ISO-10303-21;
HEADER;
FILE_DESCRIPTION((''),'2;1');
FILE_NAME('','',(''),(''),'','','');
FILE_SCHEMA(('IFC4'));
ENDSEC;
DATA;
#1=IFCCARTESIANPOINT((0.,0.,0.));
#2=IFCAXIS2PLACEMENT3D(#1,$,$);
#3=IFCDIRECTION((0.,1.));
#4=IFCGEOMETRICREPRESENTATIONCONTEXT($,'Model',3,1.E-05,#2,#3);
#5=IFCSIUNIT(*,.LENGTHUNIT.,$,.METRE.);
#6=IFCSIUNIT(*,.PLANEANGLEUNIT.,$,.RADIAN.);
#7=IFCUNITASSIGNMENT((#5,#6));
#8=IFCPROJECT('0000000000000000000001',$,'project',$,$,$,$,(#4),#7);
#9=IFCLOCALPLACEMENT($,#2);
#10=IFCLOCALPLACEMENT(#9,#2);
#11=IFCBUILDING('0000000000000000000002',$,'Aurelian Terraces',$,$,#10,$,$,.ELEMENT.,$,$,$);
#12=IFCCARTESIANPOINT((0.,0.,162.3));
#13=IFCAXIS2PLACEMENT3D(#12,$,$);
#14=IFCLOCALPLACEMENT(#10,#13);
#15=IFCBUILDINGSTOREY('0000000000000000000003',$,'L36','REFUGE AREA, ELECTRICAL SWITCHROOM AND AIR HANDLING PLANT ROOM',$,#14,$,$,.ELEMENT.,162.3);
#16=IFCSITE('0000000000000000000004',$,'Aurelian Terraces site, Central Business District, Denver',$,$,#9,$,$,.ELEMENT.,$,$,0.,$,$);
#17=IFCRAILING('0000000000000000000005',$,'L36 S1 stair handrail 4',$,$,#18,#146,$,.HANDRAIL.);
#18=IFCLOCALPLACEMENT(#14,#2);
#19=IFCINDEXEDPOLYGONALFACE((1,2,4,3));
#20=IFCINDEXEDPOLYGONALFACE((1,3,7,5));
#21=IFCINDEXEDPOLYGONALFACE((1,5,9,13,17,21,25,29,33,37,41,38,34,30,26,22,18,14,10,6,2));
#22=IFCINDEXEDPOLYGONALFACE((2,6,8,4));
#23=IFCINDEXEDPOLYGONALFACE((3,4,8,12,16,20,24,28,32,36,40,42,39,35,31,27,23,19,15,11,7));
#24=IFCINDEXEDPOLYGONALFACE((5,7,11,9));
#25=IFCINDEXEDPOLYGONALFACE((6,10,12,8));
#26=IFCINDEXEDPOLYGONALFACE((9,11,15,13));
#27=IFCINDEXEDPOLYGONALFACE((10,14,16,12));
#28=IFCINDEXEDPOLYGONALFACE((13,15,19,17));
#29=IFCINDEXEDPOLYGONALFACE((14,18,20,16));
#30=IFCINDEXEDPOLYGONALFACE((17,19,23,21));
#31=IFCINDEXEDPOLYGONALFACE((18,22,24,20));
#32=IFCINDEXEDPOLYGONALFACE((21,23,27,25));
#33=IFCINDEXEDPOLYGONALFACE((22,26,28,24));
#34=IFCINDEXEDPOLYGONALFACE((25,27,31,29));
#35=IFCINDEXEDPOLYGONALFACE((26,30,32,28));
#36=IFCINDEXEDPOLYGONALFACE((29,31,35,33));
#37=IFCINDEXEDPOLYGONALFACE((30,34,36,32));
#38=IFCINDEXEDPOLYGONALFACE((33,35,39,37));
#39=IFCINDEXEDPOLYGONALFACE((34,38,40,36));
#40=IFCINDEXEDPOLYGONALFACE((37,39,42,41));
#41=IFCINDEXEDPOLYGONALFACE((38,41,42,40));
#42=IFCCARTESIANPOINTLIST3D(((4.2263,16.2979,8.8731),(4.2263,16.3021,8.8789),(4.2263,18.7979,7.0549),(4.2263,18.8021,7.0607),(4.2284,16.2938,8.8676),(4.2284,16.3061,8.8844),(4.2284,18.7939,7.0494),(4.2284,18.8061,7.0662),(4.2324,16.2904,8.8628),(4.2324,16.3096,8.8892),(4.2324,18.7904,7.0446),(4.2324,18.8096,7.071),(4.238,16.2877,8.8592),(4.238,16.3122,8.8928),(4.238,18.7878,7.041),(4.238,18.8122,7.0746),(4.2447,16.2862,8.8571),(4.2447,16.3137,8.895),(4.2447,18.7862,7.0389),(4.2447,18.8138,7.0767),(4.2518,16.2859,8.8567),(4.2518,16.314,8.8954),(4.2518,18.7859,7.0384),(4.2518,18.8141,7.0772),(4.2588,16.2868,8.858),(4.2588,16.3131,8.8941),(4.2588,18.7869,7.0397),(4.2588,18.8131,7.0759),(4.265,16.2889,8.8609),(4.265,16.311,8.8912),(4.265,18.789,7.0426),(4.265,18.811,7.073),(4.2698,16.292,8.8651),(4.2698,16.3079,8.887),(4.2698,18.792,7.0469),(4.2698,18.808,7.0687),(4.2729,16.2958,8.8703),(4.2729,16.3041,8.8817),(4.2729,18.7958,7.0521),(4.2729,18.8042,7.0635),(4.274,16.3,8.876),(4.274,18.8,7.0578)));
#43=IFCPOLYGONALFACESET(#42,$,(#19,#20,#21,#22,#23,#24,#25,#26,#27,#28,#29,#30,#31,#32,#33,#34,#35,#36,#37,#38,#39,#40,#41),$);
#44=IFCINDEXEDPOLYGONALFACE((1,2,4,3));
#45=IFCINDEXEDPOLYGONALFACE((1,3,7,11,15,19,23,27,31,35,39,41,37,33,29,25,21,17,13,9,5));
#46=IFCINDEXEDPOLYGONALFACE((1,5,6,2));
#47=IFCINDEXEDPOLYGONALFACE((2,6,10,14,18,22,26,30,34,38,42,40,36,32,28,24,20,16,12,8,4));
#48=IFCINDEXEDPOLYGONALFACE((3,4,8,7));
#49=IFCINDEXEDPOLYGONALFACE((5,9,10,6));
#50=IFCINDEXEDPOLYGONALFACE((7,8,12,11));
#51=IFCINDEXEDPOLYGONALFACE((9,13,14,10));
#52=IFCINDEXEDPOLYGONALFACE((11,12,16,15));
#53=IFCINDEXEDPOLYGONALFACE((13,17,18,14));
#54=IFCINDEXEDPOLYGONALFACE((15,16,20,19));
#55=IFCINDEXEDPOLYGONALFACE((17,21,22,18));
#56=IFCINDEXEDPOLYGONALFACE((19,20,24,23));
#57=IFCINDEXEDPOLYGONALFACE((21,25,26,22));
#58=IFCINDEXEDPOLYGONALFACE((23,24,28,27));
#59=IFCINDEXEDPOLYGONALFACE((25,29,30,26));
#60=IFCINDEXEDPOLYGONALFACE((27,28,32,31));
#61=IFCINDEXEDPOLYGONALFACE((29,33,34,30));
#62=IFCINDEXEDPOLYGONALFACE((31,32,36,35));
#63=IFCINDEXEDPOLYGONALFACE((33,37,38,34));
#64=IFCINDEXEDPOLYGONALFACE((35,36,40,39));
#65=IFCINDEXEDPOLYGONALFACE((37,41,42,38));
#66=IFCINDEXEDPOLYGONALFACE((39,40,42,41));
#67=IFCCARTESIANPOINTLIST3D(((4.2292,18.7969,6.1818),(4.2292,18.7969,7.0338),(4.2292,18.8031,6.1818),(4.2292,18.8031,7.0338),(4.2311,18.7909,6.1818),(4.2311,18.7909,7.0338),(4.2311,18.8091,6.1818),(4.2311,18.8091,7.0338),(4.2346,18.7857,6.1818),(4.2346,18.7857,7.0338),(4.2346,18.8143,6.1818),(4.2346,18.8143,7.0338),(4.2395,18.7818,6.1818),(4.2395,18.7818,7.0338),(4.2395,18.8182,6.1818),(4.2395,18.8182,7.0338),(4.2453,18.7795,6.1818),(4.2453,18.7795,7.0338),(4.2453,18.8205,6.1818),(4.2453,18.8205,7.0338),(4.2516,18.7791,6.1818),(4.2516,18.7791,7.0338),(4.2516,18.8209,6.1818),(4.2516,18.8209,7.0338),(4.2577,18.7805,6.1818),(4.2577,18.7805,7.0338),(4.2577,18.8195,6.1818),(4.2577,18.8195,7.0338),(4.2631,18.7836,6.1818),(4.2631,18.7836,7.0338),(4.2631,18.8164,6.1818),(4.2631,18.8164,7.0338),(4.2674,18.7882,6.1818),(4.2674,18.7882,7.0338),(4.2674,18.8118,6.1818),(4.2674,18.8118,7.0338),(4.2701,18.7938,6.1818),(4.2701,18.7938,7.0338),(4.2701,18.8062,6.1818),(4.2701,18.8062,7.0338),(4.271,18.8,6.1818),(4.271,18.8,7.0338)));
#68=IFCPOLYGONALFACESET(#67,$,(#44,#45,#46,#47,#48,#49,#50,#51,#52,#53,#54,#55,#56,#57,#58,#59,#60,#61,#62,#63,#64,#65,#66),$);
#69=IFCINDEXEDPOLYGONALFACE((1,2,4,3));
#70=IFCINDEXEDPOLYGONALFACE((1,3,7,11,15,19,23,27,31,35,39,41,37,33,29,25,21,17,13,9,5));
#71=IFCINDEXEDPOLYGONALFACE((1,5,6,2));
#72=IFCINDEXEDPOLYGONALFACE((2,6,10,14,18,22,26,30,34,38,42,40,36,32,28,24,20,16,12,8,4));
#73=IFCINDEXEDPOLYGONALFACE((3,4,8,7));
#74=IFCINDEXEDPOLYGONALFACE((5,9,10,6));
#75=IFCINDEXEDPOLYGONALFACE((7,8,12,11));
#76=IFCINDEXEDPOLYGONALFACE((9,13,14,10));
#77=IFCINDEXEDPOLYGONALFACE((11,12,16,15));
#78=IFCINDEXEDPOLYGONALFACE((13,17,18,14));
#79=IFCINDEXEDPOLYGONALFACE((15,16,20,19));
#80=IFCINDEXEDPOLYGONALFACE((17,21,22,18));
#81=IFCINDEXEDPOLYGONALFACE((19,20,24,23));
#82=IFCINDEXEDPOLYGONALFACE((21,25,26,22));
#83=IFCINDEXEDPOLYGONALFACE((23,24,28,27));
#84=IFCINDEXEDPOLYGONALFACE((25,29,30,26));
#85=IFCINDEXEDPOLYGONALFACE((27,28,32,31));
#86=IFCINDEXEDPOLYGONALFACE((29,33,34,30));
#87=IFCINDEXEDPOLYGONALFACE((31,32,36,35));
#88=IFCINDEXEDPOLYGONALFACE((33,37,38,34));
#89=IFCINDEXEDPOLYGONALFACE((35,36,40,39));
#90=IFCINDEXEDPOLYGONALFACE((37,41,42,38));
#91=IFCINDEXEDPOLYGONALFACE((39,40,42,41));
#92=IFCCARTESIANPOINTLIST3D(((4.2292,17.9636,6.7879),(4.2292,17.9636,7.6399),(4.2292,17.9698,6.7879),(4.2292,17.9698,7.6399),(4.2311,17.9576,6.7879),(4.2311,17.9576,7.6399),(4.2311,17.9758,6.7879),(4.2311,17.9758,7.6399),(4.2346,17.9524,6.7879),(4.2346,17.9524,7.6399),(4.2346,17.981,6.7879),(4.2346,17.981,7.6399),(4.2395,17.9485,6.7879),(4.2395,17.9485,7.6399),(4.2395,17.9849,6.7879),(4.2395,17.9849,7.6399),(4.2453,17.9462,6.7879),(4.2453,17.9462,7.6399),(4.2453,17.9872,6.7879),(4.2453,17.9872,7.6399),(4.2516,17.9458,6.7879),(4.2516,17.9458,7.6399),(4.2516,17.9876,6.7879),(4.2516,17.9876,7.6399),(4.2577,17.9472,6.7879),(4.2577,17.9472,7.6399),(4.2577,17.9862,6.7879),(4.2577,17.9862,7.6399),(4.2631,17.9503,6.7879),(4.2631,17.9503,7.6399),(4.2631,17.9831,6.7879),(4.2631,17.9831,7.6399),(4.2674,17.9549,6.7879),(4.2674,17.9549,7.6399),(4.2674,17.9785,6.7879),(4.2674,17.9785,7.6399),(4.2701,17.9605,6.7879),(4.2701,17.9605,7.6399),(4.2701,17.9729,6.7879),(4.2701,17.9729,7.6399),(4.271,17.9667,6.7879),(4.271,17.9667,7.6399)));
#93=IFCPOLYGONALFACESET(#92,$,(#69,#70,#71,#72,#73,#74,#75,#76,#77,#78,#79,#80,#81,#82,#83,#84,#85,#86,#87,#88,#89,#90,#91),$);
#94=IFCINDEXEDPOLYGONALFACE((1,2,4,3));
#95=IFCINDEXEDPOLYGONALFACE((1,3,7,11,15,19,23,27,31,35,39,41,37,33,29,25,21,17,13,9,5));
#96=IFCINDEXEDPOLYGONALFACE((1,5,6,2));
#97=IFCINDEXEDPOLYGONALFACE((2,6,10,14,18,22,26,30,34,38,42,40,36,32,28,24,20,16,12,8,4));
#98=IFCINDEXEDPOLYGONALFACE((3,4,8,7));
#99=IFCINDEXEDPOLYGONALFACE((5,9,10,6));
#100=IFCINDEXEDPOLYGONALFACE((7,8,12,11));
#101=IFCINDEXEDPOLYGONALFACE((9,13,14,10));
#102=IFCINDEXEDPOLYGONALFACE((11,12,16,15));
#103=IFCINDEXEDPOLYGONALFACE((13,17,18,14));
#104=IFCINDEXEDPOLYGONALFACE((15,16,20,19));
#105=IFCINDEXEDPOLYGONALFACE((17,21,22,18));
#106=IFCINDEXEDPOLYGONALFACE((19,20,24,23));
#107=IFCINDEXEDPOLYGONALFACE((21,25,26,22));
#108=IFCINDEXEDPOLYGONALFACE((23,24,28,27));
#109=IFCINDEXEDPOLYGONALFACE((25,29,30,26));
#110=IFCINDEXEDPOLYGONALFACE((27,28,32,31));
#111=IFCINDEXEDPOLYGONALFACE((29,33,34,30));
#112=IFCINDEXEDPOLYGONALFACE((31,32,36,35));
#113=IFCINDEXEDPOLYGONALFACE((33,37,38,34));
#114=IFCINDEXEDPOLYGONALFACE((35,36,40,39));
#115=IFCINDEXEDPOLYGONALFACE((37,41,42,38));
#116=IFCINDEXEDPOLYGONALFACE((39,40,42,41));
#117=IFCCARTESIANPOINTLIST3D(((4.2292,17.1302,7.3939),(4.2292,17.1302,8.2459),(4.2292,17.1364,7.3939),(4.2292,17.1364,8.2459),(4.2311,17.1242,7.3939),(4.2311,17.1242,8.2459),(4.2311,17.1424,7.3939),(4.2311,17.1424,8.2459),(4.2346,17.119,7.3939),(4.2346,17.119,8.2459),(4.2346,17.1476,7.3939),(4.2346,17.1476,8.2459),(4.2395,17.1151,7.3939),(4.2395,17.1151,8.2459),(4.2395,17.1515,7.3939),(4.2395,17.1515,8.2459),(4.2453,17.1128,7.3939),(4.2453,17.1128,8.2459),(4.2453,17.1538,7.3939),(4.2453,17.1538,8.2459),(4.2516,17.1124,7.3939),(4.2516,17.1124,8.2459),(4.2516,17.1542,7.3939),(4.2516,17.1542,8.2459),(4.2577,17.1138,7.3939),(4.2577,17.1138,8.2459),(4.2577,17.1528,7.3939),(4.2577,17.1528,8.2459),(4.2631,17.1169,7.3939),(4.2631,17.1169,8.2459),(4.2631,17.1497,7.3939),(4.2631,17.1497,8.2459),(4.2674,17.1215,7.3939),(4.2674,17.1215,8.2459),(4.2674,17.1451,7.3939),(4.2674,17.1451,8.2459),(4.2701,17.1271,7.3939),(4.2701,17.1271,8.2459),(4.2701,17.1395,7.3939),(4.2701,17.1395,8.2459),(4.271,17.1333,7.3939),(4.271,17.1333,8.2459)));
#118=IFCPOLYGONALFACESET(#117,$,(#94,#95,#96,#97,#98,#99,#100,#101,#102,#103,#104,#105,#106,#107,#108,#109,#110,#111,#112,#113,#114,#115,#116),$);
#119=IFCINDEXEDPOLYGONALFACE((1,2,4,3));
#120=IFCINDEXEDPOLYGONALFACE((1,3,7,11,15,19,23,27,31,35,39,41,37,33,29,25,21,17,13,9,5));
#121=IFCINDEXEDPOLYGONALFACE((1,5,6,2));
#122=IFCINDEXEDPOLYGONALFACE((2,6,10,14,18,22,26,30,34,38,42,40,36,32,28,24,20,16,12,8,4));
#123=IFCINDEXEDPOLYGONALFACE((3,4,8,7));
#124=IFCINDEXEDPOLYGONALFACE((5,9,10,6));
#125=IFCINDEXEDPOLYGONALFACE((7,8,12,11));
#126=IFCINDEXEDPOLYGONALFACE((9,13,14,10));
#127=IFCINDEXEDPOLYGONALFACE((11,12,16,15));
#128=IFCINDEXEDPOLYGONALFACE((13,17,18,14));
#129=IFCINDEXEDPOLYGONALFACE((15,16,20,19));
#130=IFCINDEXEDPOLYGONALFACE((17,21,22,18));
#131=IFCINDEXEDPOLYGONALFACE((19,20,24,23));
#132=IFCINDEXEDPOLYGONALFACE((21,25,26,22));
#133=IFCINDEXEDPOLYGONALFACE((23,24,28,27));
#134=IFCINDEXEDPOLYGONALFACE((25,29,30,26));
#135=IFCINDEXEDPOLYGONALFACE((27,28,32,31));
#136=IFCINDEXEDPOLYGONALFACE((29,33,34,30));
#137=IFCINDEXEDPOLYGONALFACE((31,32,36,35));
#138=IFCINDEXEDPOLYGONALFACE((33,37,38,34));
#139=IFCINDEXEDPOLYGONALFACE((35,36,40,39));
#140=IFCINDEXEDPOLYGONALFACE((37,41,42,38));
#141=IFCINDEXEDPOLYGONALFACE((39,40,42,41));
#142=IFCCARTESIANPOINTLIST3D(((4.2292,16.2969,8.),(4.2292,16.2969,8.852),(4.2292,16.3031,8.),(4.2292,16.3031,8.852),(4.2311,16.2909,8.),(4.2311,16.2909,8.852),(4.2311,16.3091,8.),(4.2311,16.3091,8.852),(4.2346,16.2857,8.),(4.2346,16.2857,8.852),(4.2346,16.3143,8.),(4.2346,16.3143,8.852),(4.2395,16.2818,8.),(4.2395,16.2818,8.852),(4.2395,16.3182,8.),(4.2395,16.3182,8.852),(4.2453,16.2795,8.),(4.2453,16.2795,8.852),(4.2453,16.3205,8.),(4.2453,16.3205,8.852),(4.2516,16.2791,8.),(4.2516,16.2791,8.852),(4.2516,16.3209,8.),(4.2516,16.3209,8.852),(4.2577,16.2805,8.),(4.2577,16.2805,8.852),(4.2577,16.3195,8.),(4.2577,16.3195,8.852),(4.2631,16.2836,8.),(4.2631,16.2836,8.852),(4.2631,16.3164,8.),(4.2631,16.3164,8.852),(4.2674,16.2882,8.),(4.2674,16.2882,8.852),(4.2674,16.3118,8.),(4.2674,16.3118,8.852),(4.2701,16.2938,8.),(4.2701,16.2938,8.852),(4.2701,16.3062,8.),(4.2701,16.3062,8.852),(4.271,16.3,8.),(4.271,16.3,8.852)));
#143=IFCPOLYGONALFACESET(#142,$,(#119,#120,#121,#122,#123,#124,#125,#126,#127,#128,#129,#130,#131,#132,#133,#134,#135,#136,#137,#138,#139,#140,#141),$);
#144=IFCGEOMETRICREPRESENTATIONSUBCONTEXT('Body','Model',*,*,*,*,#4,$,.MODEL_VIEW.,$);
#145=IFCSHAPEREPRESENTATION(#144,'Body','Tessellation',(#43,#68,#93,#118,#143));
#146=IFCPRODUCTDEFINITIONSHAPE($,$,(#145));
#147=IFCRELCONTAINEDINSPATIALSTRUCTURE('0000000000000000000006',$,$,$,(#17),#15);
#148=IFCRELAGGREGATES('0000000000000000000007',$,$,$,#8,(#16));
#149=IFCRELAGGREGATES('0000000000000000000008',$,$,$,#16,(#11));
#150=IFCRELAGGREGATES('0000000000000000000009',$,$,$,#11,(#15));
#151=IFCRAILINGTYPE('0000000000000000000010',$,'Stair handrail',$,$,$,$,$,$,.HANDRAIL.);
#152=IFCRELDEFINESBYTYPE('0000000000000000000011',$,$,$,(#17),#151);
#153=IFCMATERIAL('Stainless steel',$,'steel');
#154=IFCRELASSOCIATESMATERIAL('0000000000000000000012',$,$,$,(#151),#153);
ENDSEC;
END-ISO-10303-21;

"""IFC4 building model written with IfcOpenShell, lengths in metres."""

from ifc_helpers import new_model, si_unit, direction, frame, origin, origin_2d, place, context, subcontext, project, spatial, circle, extrude, source, transform, mapped, material, type_object, element, save


model = new_model("IFC4")

# Units and contexts
model_context = context("Model", 3, precision=1e-05, world=origin(), true_north=direction((0.0, 1.0)))
body_context = subcontext(model_context, "Body", "Model", "MODEL_VIEW")
ifc_project = project(units=[si_unit("LENGTHUNIT", "METRE"), si_unit("PLANEANGLEUNIT", "RADIAN")], contexts=[model_context])

# Site, building, storey
site_placement = place(None, origin())
site = spatial("IfcSite", under=ifc_project, at=site_placement, Name="Aurelian Terraces site, Central Business District, Denver", CompositionType="ELEMENT", RefElevation=0.0)
building_placement = place(site_placement, origin())
building = spatial("IfcBuilding", under=site, at=building_placement, Name="Aurelian Terraces", CompositionType="ELEMENT")
storey_placement = place(building_placement, frame((0.0, 0.0, 162.3)))
storey = spatial("IfcBuildingStorey", under=building, at=storey_placement, Name="L36", Description="REFUGE AREA, ELECTRICAL SWITCHROOM AND AIR HANDLING PLANT ROOM", CompositionType="ELEMENT", Elevation=162.3)

# Railing
ifc_material_1 = material(Name="Stainless steel", Category="steel")
railing_type_1 = type_object("IfcRailingType", Name="Stair handrail", PredefinedType="HANDRAIL", material=ifc_material_1)
shared_shape_1 = source(origin(), body_context, "Body", "SweptSolid", [
    extrude(circle(Radius=0.024, at=origin_2d()), frame((0.0, 0.0, 0.876), z_axis=(0.0, -0.808733, 0.588176), x_axis=(1.0, 0.0, 0.0)), (0.0, 0.0, 1.0), 3.0913),
    extrude(circle(Radius=0.021, at=origin_2d()), origin(), (0.0, 0.0, 1.0), 0.852),
    extrude(circle(Radius=0.021, at=origin_2d()), frame((0.0, -0.8333, 0.6061)), (0.0, 0.0, 1.0), 0.852),
    extrude(circle(Radius=0.021, at=origin_2d()), frame((0.0, -1.6667, 1.2121)), (0.0, 0.0, 1.0), 0.852),
    extrude(circle(Radius=0.021, at=origin_2d()), frame((0.0, -2.5, 1.8182)), (0.0, 0.0, 1.0), 0.852),
])
railing_1_placement = place(storey_placement, frame((4.25, 18.8, 6.1818)))
element("IfcRailing", 1, at=railing_1_placement, inside=storey, type_object=railing_type_1, Name="L36 S1 stair handrail 4", PredefinedType="HANDRAIL", context=body_context, shape_type="MappedRepresentation", body=[
    mapped(shared_shape_1, transform((0.0, 0.0, 0.0), scale=1.0)),
])

save(model, "model.ifc")
